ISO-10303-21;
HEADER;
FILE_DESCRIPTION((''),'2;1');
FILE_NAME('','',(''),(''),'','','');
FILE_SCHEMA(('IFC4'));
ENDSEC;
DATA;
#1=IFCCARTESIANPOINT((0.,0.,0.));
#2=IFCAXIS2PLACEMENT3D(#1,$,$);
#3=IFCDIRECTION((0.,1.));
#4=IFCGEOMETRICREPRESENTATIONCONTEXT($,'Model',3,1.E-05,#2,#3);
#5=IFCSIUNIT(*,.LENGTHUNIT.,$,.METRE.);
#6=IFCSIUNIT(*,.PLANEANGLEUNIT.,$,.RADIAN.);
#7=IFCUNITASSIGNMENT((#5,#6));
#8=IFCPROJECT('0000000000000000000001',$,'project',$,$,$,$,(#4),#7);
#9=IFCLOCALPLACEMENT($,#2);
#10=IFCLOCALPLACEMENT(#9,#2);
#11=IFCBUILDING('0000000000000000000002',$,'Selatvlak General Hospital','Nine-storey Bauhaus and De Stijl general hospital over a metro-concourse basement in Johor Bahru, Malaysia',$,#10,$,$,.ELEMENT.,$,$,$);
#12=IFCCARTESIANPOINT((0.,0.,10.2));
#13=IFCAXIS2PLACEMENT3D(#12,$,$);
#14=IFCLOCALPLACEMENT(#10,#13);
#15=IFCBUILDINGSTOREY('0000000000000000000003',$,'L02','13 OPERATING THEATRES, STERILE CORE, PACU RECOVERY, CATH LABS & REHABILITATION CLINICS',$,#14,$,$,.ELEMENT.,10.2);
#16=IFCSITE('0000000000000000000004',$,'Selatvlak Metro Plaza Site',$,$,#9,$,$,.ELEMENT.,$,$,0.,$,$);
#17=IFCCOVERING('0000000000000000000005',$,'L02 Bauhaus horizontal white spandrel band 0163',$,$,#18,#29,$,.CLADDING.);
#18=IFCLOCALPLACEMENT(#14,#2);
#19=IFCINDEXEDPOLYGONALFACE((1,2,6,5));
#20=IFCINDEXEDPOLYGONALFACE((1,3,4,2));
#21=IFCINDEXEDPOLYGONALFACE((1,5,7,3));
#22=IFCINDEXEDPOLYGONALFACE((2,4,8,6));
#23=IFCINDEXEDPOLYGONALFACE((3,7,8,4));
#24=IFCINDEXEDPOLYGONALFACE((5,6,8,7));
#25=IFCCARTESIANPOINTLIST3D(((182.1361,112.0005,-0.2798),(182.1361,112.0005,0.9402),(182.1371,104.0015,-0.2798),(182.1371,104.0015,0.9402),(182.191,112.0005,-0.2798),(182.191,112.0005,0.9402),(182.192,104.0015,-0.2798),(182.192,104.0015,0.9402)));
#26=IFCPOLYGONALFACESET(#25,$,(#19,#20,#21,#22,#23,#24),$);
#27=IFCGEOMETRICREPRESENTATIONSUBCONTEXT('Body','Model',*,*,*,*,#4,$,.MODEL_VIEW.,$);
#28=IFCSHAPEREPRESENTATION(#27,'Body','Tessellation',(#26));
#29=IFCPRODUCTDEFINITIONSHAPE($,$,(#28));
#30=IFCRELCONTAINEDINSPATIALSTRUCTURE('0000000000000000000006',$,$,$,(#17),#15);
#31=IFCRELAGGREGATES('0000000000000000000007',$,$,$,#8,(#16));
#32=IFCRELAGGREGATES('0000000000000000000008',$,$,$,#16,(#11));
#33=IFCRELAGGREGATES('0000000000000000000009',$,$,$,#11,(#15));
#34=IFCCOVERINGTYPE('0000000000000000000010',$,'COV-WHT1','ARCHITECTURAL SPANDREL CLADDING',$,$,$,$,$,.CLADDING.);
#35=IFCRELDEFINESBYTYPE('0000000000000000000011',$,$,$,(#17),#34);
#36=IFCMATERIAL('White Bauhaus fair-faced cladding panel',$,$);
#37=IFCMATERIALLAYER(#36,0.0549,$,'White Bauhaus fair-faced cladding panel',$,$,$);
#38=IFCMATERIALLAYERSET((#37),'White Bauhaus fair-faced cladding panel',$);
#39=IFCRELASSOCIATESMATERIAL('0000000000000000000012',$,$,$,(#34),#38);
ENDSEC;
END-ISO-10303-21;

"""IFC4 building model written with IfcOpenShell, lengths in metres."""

from ifc_helpers import new_model, si_unit, direction, frame, origin, origin_2d, place, context, subcontext, project, spatial, rectangle, extrude, material, layer, layer_set, type_object, element, save


model = new_model("IFC4")

# Units and contexts
model_context = context("Model", 3, precision=1e-05, world=origin(), true_north=direction((0.0, 1.0)))
body_context = subcontext(model_context, "Body", "Model", "MODEL_VIEW")
ifc_project = project(units=[si_unit("LENGTHUNIT", "METRE"), si_unit("PLANEANGLEUNIT", "RADIAN")], contexts=[model_context])

# Site, building, storey
site_placement = place(None, origin())
site = spatial("IfcSite", under=ifc_project, at=site_placement, Name="Selatvlak Metro Plaza Site", CompositionType="ELEMENT", RefElevation=0.0)
building_placement = place(site_placement, origin())
building = spatial("IfcBuilding", under=site, at=building_placement, Name="Selatvlak General Hospital", Description="Nine-storey Bauhaus and De Stijl general hospital over a metro-concourse basement in Johor Bahru, Malaysia", CompositionType="ELEMENT")
storey_placement = place(building_placement, frame((0.0, 0.0, 10.2)))
storey = spatial("IfcBuildingStorey", under=building, at=storey_placement, Name="L02", Description="13 OPERATING THEATRES, STERILE CORE, PACU RECOVERY, CATH LABS & REHABILITATION CLINICS", CompositionType="ELEMENT", Elevation=10.2)

# Covering
ifc_material_1 = material(Name="White Bauhaus fair-faced cladding panel")
ifc_layer_1 = layer(ifc_material_1, 0.0549, Name="White Bauhaus fair-faced cladding panel")
ifc_layer_set_1 = layer_set([ifc_layer_1], Name="White Bauhaus fair-faced cladding panel")
covering_type = type_object("IfcCoveringType", Name="COV-WHT1", Description="ARCHITECTURAL SPANDREL CLADDING", PredefinedType="CLADDING", material=ifc_layer_set_1)
covering_placement = place(storey_placement, frame((182.1641, 108.001, -0.2798), z_axis=(0.0, 0.0, 1.0), x_axis=(0.000122, -1.0, 0.0)))
element("IfcCovering", 1, at=covering_placement, inside=storey, type_object=covering_type, Name="L02 Bauhaus horizontal white spandrel band 0163", PredefinedType="CLADDING", context=body_context, shape_type="SweptSolid", body=[
    extrude(rectangle(XDim=7.999, YDim=0.0549, at=origin_2d()), origin(), (0.0, 0.0, 1.0), 1.22),
])

save(model, "model.ifc")
